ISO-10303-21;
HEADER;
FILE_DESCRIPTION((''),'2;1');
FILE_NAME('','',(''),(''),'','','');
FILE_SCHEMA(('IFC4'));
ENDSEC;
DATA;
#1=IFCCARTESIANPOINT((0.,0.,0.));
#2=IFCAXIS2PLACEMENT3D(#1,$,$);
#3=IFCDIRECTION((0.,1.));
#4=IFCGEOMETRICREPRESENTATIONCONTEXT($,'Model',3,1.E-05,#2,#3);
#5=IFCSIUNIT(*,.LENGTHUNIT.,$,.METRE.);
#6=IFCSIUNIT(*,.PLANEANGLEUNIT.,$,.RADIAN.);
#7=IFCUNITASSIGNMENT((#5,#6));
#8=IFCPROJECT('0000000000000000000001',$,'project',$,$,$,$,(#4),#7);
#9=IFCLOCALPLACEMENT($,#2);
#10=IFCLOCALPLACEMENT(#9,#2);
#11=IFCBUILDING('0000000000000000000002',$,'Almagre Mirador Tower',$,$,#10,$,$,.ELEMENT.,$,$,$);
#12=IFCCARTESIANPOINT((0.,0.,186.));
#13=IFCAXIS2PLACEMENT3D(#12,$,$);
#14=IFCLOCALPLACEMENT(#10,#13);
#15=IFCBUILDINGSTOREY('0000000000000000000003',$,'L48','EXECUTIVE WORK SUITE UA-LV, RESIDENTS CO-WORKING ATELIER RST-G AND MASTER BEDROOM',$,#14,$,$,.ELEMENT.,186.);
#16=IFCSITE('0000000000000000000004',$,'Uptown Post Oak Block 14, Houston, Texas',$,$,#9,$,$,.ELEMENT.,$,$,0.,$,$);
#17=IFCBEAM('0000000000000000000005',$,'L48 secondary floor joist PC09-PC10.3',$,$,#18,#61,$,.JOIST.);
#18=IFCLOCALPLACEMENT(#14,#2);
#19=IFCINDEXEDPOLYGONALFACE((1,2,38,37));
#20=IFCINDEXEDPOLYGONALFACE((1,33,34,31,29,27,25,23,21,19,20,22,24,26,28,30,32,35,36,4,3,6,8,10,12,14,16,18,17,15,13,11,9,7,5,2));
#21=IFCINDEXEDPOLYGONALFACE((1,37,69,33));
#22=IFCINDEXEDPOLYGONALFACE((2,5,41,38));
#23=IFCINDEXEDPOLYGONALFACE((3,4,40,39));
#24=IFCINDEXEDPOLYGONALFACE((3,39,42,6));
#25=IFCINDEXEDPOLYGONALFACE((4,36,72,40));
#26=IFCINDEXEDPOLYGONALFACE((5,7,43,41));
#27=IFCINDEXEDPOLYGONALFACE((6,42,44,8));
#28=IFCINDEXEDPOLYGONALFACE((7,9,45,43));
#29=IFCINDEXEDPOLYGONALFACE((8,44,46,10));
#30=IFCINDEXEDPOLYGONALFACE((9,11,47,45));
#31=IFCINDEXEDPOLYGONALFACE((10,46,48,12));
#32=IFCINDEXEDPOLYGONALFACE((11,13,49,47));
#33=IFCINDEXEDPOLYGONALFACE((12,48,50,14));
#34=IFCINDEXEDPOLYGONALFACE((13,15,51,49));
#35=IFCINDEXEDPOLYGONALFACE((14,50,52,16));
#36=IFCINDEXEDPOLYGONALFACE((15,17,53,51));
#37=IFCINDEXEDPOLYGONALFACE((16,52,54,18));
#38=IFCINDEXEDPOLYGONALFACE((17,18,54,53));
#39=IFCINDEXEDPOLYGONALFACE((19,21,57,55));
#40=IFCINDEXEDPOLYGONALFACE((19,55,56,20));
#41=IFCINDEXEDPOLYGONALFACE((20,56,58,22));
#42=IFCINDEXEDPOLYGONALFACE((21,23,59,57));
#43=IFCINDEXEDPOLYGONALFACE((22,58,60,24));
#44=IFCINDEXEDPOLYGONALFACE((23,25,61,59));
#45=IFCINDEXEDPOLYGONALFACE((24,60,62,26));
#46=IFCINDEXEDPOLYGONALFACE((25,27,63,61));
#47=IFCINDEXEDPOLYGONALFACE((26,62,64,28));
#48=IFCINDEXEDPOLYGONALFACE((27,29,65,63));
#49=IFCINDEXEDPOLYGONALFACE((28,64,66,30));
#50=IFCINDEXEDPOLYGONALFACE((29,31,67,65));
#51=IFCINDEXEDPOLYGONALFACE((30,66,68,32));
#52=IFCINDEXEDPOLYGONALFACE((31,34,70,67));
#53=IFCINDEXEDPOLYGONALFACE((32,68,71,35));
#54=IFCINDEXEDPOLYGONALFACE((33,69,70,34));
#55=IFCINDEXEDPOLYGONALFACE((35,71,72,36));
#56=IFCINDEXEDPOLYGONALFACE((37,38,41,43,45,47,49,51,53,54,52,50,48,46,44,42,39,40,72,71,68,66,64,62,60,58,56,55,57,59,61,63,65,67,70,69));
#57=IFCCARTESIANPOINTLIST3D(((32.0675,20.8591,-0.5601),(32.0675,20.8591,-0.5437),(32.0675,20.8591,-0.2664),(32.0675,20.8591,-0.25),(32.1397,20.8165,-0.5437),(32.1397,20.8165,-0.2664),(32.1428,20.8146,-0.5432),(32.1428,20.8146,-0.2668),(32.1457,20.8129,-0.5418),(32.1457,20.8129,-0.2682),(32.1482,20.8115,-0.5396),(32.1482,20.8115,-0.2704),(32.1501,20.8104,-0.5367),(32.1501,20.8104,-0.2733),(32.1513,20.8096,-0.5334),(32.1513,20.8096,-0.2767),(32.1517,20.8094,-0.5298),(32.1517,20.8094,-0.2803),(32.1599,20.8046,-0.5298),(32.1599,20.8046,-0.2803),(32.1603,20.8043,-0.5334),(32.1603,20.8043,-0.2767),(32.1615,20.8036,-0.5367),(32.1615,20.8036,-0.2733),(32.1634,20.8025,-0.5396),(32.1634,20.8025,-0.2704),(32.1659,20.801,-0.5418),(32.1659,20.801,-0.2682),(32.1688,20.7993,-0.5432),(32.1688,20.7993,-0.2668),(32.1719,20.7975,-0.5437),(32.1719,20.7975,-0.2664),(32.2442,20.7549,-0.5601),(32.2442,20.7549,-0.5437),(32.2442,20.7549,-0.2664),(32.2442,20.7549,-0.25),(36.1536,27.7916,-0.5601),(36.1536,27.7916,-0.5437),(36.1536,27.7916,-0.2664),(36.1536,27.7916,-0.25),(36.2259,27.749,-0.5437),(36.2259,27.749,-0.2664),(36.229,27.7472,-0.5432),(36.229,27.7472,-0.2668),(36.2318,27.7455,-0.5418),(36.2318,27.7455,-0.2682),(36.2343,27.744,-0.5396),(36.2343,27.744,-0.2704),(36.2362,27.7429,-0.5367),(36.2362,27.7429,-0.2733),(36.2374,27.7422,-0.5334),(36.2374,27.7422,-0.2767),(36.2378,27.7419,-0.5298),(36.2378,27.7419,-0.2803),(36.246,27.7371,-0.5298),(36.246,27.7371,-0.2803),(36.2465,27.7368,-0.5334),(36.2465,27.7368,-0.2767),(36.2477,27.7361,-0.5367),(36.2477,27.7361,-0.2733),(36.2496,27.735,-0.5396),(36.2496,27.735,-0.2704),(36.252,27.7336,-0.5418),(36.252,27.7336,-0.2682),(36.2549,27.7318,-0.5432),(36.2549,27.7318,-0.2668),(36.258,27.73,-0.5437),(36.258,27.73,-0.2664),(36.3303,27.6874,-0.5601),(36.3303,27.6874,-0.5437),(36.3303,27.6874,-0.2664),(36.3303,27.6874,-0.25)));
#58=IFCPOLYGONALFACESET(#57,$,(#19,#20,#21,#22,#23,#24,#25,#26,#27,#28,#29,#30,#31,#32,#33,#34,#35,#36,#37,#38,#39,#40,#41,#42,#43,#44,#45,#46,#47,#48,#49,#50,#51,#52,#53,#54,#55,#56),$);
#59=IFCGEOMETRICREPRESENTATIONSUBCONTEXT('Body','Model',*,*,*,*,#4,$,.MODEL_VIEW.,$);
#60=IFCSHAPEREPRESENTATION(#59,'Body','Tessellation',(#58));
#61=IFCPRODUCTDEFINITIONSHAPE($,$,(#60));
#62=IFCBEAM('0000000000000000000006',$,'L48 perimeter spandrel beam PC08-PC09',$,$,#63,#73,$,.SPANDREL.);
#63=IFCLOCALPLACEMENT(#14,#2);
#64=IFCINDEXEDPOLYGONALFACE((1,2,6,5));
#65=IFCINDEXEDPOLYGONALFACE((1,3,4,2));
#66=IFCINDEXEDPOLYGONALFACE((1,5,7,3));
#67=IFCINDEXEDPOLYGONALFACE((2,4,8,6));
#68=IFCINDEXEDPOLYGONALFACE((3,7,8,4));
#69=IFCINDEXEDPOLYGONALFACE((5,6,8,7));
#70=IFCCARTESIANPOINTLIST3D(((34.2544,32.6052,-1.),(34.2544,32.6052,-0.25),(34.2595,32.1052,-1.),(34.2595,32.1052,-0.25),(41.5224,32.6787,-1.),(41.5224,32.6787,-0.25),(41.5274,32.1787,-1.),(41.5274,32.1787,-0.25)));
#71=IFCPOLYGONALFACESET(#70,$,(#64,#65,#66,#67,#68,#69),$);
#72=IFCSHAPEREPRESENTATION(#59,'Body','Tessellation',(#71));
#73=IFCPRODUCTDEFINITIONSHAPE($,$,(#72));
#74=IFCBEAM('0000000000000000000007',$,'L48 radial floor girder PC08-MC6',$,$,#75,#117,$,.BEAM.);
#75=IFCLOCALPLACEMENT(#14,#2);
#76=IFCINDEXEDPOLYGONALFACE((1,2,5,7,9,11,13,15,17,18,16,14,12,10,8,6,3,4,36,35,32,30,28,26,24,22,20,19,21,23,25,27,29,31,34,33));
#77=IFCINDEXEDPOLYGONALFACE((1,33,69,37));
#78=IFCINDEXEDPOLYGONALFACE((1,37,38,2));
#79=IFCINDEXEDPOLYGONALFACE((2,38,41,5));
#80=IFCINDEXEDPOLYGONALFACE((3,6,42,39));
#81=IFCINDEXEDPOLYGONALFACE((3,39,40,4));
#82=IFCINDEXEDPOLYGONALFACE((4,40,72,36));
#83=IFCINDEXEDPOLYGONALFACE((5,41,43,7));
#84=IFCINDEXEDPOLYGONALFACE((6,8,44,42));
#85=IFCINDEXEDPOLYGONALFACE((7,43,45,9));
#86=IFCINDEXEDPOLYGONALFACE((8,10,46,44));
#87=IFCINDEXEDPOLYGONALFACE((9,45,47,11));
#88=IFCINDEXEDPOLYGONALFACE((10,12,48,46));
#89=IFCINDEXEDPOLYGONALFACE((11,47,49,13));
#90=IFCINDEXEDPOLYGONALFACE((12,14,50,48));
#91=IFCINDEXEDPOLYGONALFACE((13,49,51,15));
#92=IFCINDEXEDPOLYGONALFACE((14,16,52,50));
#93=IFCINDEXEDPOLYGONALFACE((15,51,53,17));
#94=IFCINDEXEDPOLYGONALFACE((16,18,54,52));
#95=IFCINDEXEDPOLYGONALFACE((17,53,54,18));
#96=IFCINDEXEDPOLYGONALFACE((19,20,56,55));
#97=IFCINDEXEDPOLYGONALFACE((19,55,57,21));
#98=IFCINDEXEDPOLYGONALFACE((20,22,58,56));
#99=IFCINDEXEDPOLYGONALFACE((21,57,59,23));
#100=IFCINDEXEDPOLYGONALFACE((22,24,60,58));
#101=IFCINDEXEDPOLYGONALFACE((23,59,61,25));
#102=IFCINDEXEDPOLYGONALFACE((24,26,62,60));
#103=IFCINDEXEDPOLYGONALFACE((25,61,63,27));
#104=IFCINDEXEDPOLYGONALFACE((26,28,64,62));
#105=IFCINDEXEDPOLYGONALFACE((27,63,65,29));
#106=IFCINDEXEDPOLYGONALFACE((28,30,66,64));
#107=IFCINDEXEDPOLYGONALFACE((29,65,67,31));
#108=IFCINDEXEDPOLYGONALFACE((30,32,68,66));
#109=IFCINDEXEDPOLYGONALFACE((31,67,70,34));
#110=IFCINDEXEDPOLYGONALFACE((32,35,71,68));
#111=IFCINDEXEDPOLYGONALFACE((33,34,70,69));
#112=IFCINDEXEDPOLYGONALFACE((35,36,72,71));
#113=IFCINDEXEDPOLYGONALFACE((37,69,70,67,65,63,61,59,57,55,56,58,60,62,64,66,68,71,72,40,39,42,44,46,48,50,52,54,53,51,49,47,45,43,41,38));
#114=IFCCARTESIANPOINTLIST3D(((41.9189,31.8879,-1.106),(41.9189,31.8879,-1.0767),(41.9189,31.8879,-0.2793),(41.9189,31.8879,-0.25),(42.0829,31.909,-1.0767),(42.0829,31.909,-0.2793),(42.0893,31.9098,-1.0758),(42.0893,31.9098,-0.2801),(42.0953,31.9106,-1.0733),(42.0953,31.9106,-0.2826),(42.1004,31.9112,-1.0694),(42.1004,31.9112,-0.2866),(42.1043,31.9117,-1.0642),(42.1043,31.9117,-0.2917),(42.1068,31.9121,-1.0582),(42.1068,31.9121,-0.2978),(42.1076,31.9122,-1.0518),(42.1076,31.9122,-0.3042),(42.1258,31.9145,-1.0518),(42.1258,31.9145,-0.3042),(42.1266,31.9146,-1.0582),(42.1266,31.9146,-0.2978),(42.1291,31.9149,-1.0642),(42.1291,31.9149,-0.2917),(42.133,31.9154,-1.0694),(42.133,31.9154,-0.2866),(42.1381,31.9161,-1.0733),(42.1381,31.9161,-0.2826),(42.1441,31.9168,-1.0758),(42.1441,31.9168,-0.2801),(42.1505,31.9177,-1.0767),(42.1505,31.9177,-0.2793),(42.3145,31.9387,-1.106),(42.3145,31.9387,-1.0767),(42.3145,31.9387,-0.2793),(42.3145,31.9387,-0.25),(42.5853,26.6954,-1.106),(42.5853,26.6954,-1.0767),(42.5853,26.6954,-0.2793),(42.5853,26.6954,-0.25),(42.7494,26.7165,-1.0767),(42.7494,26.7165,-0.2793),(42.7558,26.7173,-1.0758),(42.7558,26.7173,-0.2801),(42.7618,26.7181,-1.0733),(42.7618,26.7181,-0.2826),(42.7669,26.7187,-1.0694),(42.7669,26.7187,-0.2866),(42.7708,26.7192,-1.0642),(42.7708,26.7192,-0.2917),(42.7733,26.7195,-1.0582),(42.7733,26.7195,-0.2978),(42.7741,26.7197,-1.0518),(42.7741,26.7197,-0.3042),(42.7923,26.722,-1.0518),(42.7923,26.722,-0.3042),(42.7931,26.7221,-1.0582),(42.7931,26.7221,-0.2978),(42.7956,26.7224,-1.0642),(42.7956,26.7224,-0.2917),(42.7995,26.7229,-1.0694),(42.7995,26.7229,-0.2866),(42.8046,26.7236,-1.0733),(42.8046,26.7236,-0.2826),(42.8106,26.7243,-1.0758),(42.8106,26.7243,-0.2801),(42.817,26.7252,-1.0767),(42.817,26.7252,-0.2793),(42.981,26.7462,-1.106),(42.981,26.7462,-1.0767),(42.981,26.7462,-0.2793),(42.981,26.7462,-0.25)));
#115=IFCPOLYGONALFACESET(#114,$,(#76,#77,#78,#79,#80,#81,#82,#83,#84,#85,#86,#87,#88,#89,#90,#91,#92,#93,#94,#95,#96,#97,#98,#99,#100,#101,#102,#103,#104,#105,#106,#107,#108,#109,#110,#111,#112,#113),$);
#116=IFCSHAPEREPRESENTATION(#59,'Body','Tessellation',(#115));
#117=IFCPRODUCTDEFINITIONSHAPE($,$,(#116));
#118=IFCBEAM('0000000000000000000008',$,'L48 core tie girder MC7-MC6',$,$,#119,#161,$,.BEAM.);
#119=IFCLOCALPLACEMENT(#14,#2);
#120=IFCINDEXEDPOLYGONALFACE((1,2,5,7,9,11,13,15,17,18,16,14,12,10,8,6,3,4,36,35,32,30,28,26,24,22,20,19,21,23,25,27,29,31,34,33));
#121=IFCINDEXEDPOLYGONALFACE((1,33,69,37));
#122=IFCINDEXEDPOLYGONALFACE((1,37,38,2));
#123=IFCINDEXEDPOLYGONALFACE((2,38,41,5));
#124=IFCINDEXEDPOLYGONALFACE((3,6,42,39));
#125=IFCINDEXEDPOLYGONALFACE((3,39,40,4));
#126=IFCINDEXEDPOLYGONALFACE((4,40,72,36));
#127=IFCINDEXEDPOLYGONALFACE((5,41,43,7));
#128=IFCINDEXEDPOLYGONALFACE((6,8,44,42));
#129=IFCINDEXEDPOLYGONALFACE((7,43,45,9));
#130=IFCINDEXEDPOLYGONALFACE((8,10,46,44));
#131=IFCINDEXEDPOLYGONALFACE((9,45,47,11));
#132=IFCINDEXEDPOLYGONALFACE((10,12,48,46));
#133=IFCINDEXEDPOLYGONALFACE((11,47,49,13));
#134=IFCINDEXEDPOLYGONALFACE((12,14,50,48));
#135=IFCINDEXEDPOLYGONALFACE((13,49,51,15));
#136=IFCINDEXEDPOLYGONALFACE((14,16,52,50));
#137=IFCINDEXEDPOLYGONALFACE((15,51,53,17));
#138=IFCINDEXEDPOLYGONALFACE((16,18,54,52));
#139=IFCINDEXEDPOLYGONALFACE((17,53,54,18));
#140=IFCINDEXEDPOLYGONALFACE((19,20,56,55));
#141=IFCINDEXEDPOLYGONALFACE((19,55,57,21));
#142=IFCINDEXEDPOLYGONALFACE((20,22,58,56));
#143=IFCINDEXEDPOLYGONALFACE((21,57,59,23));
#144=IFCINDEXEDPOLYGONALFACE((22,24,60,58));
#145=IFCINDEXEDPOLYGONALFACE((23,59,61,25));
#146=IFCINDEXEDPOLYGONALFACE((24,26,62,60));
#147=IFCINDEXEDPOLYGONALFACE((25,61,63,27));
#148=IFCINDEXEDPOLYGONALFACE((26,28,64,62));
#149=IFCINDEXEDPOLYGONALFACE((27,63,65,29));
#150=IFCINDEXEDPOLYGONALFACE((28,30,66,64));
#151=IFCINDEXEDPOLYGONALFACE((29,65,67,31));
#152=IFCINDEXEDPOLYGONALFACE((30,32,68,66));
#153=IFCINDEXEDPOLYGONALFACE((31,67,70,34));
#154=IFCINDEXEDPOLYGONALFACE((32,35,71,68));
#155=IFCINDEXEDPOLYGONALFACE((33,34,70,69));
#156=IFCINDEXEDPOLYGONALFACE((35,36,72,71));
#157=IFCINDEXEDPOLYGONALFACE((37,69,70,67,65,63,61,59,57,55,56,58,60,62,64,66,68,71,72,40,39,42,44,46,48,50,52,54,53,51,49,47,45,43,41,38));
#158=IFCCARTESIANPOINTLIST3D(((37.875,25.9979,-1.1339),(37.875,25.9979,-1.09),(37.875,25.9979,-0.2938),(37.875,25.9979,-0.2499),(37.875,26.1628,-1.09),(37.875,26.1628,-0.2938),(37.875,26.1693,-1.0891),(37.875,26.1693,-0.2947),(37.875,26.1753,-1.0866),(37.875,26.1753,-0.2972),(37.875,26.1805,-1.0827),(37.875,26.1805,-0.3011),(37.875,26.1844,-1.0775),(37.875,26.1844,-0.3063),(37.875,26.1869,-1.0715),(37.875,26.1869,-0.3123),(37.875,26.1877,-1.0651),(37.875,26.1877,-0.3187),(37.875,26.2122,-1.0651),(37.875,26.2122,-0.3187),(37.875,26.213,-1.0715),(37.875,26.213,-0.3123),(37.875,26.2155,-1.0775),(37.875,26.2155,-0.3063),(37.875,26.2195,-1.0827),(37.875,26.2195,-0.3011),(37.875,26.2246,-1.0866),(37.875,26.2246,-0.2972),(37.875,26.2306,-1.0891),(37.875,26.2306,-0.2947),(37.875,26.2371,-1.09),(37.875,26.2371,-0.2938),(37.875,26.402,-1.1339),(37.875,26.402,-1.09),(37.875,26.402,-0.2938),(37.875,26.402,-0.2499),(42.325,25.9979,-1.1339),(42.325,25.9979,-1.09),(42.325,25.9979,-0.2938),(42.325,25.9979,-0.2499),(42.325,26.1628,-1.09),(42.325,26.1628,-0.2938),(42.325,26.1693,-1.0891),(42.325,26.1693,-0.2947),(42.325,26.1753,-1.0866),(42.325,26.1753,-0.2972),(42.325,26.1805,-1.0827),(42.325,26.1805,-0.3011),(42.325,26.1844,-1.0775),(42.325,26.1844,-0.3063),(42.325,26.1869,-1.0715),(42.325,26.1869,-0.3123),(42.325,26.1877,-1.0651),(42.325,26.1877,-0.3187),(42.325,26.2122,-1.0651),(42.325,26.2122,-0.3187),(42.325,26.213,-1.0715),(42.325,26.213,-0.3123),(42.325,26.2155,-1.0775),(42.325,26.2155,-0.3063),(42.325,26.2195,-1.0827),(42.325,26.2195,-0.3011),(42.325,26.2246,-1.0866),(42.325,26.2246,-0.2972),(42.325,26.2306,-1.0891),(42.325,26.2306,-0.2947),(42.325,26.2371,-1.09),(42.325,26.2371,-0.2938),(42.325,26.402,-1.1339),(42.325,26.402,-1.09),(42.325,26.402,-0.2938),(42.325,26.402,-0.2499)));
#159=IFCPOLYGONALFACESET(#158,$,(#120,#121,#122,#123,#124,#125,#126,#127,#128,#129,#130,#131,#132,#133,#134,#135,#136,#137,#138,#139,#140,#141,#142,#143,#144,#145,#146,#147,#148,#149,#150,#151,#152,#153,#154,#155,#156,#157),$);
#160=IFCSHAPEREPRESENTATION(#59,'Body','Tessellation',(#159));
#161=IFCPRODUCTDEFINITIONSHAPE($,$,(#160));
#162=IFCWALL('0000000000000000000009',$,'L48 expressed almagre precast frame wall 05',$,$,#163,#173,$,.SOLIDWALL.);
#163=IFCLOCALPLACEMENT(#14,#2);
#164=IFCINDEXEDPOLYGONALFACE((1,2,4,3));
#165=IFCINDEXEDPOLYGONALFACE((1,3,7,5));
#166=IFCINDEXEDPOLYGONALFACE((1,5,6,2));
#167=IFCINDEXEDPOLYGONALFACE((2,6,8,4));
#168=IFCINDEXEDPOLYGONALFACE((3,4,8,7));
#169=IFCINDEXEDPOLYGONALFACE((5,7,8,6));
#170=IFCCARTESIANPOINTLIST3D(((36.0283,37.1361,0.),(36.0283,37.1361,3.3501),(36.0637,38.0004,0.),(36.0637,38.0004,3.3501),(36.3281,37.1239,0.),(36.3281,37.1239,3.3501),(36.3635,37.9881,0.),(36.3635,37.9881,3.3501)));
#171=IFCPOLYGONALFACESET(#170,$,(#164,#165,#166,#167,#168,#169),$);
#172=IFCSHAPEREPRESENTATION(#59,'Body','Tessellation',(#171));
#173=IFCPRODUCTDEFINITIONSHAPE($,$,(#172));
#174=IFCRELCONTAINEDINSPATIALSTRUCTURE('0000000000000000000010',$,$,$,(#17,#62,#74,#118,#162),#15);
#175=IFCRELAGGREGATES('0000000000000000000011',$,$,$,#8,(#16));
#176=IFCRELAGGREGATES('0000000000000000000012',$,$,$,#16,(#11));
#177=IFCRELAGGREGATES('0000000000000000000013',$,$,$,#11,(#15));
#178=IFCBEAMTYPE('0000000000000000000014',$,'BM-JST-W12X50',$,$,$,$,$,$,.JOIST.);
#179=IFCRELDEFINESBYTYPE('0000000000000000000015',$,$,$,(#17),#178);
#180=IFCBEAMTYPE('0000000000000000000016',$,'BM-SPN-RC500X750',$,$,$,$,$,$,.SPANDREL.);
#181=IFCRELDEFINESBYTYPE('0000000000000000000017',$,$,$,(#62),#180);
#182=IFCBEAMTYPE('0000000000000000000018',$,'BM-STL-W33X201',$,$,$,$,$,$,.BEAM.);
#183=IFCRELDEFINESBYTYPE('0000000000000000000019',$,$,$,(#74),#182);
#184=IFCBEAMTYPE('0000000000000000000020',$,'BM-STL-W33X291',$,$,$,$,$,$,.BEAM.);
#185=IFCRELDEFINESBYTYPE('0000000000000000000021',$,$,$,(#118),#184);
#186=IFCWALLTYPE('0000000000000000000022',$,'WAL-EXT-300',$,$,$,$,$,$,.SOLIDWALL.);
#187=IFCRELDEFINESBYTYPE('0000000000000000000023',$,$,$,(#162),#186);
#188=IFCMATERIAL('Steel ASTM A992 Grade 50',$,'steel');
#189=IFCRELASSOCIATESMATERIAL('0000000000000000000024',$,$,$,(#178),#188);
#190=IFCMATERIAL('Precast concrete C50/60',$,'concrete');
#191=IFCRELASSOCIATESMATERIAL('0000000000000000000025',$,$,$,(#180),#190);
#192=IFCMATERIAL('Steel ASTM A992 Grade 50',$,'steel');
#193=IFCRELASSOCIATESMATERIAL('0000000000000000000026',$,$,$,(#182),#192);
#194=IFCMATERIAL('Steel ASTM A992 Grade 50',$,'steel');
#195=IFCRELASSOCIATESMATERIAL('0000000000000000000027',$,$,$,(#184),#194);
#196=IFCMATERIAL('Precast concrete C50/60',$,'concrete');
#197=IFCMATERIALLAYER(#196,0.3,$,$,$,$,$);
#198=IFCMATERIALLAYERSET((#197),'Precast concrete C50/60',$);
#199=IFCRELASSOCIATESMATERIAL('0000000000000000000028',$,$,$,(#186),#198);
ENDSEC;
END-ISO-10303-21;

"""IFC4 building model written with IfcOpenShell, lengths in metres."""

from ifc_helpers import new_model, si_unit, direction, frame, frame_2d, origin, origin_2d, place, context, subcontext, project, spatial, rectangle, i_section, extrude, material, layer, layer_set, material_profile, profile_set, type_object, element, save


model = new_model("IFC4")

# Units and contexts
model_context = context("Model", 3, precision=1e-05, world=origin(), true_north=direction((0.0, 1.0)))
body_context = subcontext(model_context, "Body", "Model", "MODEL_VIEW")
ifc_project = project(units=[si_unit("LENGTHUNIT", "METRE"), si_unit("PLANEANGLEUNIT", "RADIAN")], contexts=[model_context])

# Site, building, storey
site_placement = place(None, origin())
site = spatial("IfcSite", under=ifc_project, at=site_placement, Name="Uptown Post Oak Block 14, Houston, Texas", CompositionType="ELEMENT", RefElevation=0.0)
building_placement = place(site_placement, origin())
building = spatial("IfcBuilding", under=site, at=building_placement, Name="Almagre Mirador Tower", CompositionType="ELEMENT")
storey_placement = place(building_placement, frame((0.0, 0.0, 186.0)))
storey = spatial("IfcBuildingStorey", under=building, at=storey_placement, Name="L48", Description="EXECUTIVE WORK SUITE UA-LV, RESIDENTS CO-WORKING ATELIER RST-G AND MASTER BEDROOM", CompositionType="ELEMENT", Elevation=186.0)

# Beams
ifc_material_1 = material(Name="Steel ASTM A992 Grade 50", Category="steel")
ifc_material_profile_1 = material_profile(ifc_material_1, i_section(OverallWidth=0.2051, OverallDepth=0.3101, WebThickness=0.0095, FlangeThickness=0.0164, FilletRadius=0.0139, at=origin_2d()), Name="W12X50")
ifc_profile_set_1 = profile_set([ifc_material_profile_1], Name="Steel ASTM A992 Grade 50")
beam_type_1 = type_object("IfcBeamType", Name="BM-JST-W12X50", PredefinedType="JOIST", material=ifc_profile_set_1)
beam_1_placement = place(storey_placement, frame((36.2419, 27.7395, -0.405), z_axis=(-0.507774, -0.86149, 0.0), x_axis=(0.86149, -0.507774, 0.0)))
element("IfcBeam", 1, at=beam_1_placement, inside=storey, type_object=beam_type_1, Name="L48 secondary floor joist PC09-PC10.3", PredefinedType="JOIST", context=body_context, shape_type="SweptSolid", body=[
    extrude(i_section(OverallWidth=0.2051, OverallDepth=0.3101, WebThickness=0.0095, FlangeThickness=0.0164, FilletRadius=0.0139, at=origin_2d()), origin(), (0.0, 0.0, 1.0), 8.0471),
])
ifc_material_2 = material(Name="Precast concrete C50/60", Category="concrete")
ifc_material_profile_2 = material_profile(ifc_material_2, rectangle(XDim=0.5, YDim=0.75, at=origin_2d()), Name="RC500X750")
ifc_profile_set_2 = profile_set([ifc_material_profile_2], Name="Precast concrete C50/60")
beam_type_2 = type_object("IfcBeamType", Name="BM-SPN-RC500X750", PredefinedType="SPANDREL", material=ifc_profile_set_2)
beam_2_placement = place(storey_placement, frame((41.5249, 32.4287, -0.625), z_axis=(-0.999949, -0.010111, 0.0), x_axis=(0.010111, -0.999949, 0.0)))
element("IfcBeam", 2, at=beam_2_placement, inside=storey, type_object=beam_type_2, Name="L48 perimeter spandrel beam PC08-PC09", PredefinedType="SPANDREL", context=body_context, shape_type="SweptSolid", body=[
    extrude(rectangle(XDim=0.5, YDim=0.75, at=origin_2d()), origin(), (0.0, 0.0, 1.0), 7.2683),
])
ifc_material_3 = material(Name="Steel ASTM A992 Grade 50", Category="steel")
ifc_material_profile_3 = material_profile(ifc_material_3, i_section(OverallWidth=0.3989, OverallDepth=0.856, WebThickness=0.0183, FlangeThickness=0.0293, FilletRadius=0.0249, at=origin_2d()), Name="W33X201")
ifc_profile_set_3 = profile_set([ifc_material_profile_3], Name="Steel ASTM A992 Grade 50")
beam_type_3 = type_object("IfcBeamType", Name="BM-STL-W33X201", PredefinedType="BEAM", material=ifc_profile_set_3)
beam_3_placement = place(storey_placement, frame((42.1167, 31.9133, -0.678), z_axis=(0.127311, -0.991863, 0.0), x_axis=(0.991863, 0.127311, 0.0)))
element("IfcBeam", 3, at=beam_3_placement, inside=storey, type_object=beam_type_3, Name="L48 radial floor girder PC08-MC6", PredefinedType="BEAM", context=body_context, shape_type="SweptSolid", body=[
    extrude(i_section(OverallWidth=0.3989, OverallDepth=0.856, WebThickness=0.0183, FlangeThickness=0.0293, FilletRadius=0.0249, at=origin_2d()), origin(), (0.0, 0.0, 1.0), 5.2351),
])
ifc_material_4 = material(Name="Steel ASTM A992 Grade 50", Category="steel")
ifc_material_profile_4 = material_profile(ifc_material_4, i_section(OverallWidth=0.4041, OverallDepth=0.884, WebThickness=0.0244, FlangeThickness=0.0439, FilletRadius=0.0249, at=origin_2d()), Name="W33X291")
ifc_profile_set_4 = profile_set([ifc_material_profile_4], Name="Steel ASTM A992 Grade 50")
beam_type_4 = type_object("IfcBeamType", Name="BM-STL-W33X291", PredefinedType="BEAM", material=ifc_profile_set_4)
beam_4_placement = place(storey_placement, frame((37.875, 26.2, -0.6919), z_axis=(1.0, 0.0, 0.0), x_axis=(0.0, 1.0, 0.0)))
element("IfcBeam", 4, at=beam_4_placement, inside=storey, type_object=beam_type_4, Name="L48 core tie girder MC7-MC6", PredefinedType="BEAM", context=body_context, shape_type="SweptSolid", body=[
    extrude(i_section(OverallWidth=0.4041, OverallDepth=0.884, WebThickness=0.0244, FlangeThickness=0.0439, FilletRadius=0.0249, at=origin_2d()), origin(), (0.0, 0.0, 1.0), 4.45),
])

# Wall
ifc_material_5 = material(Name="Precast concrete C50/60", Category="concrete")
ifc_layer_1 = layer(ifc_material_5, 0.3)
ifc_layer_set_1 = layer_set([ifc_layer_1], Name="Precast concrete C50/60")
wall_type_1 = type_object("IfcWallType", Name="WAL-EXT-300", PredefinedType="SOLIDWALL", material=ifc_layer_set_1)
wall_1_placement = place(storey_placement, frame((36.2136, 37.9944, 0.0), z_axis=(0.0, 0.0, 1.0), x_axis=(-0.040926, -0.999162, 0.0)))
element("IfcWall", 5, at=wall_1_placement, inside=storey, type_object=wall_type_1, Name="L48 expressed almagre precast frame wall 05", PredefinedType="SOLIDWALL", context=body_context, shape_type="SweptSolid", body=[
    extrude(rectangle(XDim=0.865, YDim=0.3, at=frame_2d((0.4326, 0.0))), origin(), (0.0, 0.0, 1.0), 3.3501),
])

save(model, "model.ifc")
